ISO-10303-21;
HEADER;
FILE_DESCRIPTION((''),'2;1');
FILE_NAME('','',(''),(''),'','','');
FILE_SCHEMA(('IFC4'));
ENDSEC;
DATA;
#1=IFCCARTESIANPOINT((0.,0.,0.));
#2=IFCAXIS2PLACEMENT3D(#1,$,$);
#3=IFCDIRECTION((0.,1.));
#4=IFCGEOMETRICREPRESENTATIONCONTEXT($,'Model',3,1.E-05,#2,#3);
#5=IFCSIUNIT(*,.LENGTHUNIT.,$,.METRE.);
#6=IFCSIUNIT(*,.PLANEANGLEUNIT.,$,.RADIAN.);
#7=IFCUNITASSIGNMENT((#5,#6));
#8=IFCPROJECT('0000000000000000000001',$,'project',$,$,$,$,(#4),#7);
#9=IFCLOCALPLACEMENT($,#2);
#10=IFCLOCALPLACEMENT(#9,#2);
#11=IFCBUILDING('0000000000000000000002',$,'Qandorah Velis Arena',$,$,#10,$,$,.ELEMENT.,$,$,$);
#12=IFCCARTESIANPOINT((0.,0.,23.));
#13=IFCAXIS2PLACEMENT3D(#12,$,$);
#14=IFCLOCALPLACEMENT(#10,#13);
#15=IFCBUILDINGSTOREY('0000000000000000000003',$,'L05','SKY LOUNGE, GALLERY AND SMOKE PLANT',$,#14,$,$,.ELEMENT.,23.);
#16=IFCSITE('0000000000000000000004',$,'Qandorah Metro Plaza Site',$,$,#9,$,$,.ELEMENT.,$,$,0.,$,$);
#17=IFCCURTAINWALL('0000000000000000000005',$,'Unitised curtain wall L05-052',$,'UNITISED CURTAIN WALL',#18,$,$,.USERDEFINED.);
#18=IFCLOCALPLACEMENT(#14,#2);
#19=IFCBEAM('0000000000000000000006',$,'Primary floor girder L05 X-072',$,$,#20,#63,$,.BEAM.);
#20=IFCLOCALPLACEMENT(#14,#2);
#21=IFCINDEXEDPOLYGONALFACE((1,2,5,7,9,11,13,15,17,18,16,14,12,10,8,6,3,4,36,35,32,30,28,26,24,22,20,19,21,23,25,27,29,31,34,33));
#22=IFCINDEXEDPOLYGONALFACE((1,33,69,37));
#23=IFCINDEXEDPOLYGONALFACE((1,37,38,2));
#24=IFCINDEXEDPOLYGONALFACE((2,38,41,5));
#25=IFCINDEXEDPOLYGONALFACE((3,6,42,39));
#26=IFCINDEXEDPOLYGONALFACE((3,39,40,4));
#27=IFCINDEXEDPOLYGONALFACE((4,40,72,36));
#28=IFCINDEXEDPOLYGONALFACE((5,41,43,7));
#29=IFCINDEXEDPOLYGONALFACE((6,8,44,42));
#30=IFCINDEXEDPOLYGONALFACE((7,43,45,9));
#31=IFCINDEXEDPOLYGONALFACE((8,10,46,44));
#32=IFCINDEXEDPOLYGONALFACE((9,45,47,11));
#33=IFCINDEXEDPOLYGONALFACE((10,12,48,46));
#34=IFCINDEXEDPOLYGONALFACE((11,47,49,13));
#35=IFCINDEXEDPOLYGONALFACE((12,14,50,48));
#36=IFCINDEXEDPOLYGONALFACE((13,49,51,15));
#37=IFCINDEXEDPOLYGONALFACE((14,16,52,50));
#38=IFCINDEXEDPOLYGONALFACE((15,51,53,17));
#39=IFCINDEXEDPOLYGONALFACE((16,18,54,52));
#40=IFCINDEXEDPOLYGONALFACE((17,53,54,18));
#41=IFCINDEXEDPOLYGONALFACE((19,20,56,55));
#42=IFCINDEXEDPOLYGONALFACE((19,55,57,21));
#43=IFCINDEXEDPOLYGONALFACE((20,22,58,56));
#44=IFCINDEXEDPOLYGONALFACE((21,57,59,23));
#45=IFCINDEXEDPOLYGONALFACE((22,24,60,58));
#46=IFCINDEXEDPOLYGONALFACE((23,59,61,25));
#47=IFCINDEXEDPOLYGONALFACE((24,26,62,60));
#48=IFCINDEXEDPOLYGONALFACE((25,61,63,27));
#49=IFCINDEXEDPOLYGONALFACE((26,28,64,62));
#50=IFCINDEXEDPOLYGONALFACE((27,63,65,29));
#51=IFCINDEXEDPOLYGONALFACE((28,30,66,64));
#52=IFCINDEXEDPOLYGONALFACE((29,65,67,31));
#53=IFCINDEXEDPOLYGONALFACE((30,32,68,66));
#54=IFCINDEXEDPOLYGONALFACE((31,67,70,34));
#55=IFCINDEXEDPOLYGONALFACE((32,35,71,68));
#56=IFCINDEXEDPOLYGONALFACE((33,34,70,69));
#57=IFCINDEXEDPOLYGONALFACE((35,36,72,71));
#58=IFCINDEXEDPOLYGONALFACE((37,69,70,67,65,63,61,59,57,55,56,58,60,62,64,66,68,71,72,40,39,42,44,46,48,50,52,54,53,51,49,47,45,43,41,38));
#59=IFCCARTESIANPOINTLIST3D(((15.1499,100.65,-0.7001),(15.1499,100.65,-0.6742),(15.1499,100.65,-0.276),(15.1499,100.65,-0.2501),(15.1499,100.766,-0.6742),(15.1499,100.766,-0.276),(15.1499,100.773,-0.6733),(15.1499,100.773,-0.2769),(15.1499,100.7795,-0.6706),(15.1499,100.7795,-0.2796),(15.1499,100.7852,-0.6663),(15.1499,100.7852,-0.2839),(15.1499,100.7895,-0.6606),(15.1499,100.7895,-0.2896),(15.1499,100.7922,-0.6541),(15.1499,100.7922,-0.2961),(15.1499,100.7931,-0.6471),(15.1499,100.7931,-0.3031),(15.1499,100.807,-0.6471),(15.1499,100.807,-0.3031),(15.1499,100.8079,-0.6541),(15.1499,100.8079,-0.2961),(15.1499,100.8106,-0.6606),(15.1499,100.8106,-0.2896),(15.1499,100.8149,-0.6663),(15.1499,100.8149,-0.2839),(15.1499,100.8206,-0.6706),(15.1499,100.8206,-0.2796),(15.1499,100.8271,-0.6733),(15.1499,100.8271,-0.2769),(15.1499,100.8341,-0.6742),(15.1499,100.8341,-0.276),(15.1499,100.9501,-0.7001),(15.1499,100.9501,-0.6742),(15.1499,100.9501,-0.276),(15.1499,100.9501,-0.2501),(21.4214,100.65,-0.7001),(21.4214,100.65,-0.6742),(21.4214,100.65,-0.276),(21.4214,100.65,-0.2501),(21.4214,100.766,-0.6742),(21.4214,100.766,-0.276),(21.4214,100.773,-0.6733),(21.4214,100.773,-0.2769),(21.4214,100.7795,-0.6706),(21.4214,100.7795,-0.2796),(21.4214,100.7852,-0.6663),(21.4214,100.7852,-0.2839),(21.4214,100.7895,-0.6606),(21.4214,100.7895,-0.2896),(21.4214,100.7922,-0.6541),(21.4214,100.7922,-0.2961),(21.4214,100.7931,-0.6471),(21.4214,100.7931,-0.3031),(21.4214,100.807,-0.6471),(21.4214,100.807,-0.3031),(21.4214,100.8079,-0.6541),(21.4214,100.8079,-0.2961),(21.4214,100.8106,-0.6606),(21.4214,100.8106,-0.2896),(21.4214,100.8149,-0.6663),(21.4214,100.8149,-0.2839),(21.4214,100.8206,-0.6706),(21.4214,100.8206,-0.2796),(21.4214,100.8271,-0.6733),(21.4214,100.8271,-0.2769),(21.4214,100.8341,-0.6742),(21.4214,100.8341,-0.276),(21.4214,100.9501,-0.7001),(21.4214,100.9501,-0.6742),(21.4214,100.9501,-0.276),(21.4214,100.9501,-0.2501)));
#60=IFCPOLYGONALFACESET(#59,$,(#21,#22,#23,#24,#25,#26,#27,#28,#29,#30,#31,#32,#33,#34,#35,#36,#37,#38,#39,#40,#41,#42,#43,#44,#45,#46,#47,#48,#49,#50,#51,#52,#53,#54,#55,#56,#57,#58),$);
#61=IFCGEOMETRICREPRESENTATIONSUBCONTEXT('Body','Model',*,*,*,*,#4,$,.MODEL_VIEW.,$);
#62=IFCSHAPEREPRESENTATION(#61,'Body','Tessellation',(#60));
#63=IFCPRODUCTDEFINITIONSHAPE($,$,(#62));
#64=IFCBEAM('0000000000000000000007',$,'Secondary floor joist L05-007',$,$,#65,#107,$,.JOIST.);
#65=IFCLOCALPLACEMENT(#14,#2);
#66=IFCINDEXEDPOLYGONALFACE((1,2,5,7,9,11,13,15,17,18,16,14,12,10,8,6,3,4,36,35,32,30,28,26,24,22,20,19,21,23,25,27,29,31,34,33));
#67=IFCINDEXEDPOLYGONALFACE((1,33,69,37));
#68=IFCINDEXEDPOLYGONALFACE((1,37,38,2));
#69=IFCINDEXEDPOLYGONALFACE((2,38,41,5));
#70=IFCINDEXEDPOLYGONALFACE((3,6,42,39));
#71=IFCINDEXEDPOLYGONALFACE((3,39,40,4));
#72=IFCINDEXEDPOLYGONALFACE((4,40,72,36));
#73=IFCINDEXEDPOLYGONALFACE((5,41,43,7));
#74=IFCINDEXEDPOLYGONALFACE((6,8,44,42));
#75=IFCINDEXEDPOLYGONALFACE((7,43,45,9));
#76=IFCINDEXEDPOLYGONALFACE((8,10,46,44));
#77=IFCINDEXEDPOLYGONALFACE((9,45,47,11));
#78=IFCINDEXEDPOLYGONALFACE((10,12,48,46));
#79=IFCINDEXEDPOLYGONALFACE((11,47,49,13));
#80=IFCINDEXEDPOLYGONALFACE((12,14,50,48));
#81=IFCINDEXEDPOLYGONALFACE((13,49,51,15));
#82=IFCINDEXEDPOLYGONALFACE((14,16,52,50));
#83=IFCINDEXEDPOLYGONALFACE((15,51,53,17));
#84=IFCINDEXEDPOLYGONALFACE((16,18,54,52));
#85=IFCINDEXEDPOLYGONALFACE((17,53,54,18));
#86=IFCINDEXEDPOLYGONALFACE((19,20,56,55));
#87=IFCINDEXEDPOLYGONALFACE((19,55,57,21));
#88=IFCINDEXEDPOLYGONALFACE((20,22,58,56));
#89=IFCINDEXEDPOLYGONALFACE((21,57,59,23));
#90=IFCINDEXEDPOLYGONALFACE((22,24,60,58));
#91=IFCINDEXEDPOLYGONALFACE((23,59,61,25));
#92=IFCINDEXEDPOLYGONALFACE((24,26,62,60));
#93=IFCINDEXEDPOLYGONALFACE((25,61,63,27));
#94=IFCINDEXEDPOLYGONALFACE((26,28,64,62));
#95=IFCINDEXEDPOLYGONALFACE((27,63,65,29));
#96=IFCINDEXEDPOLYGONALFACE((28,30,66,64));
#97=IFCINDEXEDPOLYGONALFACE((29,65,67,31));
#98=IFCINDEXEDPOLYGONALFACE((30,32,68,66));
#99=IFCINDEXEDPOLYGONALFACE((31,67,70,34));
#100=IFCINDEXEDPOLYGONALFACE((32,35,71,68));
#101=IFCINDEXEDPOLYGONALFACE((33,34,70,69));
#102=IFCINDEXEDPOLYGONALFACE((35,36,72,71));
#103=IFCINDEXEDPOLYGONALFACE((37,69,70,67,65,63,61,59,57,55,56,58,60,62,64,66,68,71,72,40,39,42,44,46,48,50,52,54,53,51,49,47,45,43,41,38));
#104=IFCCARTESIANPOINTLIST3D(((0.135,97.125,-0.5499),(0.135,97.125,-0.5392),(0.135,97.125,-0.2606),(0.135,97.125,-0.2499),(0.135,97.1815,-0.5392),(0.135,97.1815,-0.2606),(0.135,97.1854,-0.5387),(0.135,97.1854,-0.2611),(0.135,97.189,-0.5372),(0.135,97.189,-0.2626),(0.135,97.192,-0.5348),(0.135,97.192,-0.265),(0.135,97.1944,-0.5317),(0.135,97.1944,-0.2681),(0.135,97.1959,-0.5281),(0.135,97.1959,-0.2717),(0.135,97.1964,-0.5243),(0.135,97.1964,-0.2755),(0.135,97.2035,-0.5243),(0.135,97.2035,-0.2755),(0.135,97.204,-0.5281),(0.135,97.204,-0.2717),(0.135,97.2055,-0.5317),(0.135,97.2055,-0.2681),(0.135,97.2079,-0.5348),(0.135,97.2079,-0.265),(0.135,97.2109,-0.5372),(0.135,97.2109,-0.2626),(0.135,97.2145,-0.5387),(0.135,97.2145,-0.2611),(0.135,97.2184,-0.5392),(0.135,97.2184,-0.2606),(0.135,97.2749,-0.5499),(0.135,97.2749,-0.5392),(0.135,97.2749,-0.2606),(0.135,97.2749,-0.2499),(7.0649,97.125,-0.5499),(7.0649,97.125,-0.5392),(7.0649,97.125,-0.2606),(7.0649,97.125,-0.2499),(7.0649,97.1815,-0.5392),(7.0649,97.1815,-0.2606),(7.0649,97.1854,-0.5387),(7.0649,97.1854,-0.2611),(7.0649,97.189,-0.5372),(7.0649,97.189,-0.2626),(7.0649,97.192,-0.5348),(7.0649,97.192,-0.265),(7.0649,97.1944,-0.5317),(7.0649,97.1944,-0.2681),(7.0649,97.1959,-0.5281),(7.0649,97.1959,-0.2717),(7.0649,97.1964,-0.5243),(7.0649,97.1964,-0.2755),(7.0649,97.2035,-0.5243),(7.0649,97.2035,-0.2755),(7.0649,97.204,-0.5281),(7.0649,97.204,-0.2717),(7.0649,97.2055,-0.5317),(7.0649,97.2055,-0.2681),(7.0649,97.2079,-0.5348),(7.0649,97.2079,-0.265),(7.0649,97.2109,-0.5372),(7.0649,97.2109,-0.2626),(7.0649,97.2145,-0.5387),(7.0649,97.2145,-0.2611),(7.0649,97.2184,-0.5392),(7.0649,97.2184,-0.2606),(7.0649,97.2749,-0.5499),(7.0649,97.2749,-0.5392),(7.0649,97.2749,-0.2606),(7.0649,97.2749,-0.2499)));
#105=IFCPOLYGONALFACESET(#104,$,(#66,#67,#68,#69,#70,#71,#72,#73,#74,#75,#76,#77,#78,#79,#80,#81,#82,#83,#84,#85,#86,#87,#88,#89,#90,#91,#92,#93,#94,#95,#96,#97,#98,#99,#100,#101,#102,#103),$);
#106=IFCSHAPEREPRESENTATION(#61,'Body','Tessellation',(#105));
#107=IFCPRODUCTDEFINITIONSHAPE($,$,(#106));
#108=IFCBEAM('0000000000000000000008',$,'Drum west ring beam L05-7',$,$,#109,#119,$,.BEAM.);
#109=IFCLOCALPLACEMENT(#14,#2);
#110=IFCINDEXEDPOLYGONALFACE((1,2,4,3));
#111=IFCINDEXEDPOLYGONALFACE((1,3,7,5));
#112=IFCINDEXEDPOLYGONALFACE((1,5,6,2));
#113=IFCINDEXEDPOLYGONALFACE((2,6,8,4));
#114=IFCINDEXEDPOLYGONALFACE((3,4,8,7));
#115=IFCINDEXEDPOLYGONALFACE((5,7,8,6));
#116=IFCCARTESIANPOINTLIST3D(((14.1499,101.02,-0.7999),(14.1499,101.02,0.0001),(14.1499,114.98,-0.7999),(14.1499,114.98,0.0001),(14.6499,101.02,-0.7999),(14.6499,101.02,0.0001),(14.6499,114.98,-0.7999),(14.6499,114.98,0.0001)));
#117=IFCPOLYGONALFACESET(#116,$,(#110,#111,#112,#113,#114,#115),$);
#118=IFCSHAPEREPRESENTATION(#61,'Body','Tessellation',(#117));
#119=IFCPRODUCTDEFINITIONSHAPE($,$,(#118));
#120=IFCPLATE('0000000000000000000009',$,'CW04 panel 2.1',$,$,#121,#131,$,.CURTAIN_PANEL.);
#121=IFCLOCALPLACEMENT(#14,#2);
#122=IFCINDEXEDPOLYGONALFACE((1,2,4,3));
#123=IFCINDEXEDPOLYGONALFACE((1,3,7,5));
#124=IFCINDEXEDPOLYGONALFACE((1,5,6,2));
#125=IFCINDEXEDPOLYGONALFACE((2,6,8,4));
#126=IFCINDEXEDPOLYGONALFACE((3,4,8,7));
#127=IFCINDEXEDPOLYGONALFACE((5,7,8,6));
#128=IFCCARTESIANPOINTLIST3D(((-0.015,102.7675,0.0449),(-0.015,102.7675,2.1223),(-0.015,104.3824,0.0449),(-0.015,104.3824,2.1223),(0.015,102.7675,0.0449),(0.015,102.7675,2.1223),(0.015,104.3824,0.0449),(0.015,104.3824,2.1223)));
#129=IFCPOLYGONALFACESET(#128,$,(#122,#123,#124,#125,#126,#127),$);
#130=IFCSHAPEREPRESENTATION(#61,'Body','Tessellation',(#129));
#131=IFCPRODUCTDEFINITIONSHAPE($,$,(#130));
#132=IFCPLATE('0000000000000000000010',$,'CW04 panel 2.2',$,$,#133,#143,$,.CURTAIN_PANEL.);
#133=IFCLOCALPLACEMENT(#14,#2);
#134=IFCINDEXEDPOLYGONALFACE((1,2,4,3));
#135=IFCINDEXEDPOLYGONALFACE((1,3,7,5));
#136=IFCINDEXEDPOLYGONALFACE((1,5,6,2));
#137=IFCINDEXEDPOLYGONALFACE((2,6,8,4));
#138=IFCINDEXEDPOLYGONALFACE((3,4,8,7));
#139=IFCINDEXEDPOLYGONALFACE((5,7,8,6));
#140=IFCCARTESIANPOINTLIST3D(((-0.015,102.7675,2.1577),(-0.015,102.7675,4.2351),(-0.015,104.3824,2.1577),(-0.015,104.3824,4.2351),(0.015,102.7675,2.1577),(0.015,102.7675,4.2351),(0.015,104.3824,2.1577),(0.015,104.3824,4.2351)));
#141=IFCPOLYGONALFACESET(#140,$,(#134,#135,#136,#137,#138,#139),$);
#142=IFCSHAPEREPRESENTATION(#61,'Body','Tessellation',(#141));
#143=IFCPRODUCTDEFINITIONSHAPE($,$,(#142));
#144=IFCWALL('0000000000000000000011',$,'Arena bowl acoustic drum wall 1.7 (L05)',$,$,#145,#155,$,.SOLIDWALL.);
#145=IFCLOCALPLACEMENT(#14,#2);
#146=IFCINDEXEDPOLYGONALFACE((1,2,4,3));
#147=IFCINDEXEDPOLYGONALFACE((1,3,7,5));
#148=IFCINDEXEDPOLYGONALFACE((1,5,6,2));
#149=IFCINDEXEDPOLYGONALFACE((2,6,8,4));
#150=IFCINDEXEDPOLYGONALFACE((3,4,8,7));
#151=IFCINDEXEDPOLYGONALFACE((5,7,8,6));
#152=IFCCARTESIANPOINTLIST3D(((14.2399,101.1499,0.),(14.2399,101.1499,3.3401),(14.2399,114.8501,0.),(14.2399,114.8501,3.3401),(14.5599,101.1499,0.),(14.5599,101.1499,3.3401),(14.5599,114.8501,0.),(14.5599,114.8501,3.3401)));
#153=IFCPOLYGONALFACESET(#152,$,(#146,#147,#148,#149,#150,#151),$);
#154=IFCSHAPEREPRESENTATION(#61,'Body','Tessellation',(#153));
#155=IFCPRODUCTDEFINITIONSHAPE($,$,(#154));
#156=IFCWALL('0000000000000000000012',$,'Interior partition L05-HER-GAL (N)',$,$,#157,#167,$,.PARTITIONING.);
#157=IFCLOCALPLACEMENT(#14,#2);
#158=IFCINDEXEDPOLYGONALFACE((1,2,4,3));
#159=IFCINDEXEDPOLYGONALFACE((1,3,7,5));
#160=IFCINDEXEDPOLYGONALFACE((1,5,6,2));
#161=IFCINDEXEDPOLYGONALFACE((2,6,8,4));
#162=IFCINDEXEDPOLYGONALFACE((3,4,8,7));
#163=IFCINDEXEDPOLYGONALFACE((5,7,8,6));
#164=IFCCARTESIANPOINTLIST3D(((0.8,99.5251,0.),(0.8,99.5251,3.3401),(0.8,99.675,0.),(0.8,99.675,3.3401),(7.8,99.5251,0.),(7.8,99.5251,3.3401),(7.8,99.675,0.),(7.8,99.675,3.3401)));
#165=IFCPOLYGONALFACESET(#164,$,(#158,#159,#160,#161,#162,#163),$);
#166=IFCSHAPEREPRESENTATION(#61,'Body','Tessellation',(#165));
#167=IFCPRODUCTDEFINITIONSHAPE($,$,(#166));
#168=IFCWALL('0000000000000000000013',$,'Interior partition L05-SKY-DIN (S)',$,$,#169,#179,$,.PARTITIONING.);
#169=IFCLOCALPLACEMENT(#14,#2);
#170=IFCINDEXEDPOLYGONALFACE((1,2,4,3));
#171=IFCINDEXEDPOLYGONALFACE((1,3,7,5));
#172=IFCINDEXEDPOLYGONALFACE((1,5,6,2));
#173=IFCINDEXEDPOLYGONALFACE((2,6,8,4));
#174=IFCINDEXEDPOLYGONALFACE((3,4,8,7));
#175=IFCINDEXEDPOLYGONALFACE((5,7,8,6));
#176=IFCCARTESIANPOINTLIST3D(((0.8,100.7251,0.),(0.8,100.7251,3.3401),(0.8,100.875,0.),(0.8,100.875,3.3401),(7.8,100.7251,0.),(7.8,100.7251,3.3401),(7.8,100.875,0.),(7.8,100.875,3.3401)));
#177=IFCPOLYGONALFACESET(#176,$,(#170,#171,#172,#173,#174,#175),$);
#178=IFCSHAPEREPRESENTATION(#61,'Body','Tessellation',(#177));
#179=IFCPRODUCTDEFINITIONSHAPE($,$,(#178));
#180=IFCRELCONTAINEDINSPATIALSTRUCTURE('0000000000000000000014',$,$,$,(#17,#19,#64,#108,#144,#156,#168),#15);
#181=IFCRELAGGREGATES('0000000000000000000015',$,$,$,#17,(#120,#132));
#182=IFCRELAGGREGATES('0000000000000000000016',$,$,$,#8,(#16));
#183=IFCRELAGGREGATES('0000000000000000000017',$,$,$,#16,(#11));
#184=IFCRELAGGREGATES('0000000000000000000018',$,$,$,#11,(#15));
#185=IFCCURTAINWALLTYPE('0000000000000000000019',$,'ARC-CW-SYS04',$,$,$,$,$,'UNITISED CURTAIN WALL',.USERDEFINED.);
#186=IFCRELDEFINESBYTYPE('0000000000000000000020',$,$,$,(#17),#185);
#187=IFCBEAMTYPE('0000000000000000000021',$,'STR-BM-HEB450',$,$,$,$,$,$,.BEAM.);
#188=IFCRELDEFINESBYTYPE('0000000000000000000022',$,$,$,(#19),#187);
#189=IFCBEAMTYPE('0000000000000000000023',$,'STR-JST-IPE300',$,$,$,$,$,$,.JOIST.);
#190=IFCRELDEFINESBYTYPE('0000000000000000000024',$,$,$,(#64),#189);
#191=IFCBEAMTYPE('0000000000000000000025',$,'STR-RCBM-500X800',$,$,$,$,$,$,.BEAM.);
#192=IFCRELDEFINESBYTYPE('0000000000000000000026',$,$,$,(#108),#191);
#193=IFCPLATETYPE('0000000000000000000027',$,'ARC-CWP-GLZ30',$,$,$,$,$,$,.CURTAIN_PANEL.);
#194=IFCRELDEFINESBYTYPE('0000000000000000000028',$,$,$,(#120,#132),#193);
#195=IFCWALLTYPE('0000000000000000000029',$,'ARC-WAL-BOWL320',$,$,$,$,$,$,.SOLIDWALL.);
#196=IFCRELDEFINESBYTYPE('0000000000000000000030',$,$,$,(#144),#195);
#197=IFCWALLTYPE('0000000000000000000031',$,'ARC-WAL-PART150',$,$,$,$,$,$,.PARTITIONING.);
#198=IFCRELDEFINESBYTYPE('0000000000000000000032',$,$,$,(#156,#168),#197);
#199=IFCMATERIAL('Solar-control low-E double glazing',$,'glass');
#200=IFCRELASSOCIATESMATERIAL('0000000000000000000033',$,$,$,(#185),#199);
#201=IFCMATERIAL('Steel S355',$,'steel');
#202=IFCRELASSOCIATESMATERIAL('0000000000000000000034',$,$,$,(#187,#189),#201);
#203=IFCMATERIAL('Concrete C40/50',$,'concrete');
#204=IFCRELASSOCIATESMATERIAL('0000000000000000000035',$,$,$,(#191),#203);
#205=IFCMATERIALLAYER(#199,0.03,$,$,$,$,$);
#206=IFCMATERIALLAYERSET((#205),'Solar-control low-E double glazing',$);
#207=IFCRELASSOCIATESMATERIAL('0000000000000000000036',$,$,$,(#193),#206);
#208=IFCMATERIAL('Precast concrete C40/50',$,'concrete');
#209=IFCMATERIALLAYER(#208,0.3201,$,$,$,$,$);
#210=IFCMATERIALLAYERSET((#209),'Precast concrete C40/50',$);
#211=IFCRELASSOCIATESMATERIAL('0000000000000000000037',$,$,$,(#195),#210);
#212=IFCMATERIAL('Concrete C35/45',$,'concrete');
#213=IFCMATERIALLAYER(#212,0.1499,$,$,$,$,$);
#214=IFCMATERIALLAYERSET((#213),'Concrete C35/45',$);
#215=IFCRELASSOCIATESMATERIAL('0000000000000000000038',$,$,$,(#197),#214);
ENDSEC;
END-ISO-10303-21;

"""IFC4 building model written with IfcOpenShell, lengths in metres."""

from ifc_helpers import new_model, si_unit, direction, frame, frame_2d, origin, origin_2d, place, context, subcontext, project, spatial, rectangle, i_section, extrude, material, layer, layer_set, material_profile, profile_set, type_object, element, aggregate, save


model = new_model("IFC4")

# Units and contexts
model_context = context("Model", 3, precision=1e-05, world=origin(), true_north=direction((0.0, 1.0)))
body_context = subcontext(model_context, "Body", "Model", "MODEL_VIEW")
ifc_project = project(units=[si_unit("LENGTHUNIT", "METRE"), si_unit("PLANEANGLEUNIT", "RADIAN")], contexts=[model_context])

# Site, building, storey
site_placement = place(None, origin())
site = spatial("IfcSite", under=ifc_project, at=site_placement, Name="Qandorah Metro Plaza Site", CompositionType="ELEMENT", RefElevation=0.0)
building_placement = place(site_placement, origin())
building = spatial("IfcBuilding", under=site, at=building_placement, Name="Qandorah Velis Arena", CompositionType="ELEMENT")
storey_placement = place(building_placement, frame((0.0, 0.0, 23.0)))
storey = spatial("IfcBuildingStorey", under=building, at=storey_placement, Name="L05", Description="SKY LOUNGE, GALLERY AND SMOKE PLANT", CompositionType="ELEMENT", Elevation=23.0)

# Shared definitions
ifc_material_1 = material(Name="Concrete C40/50", Category="concrete")

# Curtain wall
ifc_material_2 = material(Name="Solar-control low-E double glazing", Category="glass")
curtain_wall_type = type_object("IfcCurtainWallType", Name="ARC-CW-SYS04", ElementType="UNITISED CURTAIN WALL", PredefinedType="USERDEFINED", material=ifc_material_2)
curtain_wall_placement = place(storey_placement, origin())
curtain_wall = element("IfcCurtainWall", 1, at=curtain_wall_placement, inside=storey, type_object=curtain_wall_type, Name="Unitised curtain wall L05-052", ObjectType="UNITISED CURTAIN WALL", PredefinedType="USERDEFINED")

# Beams
ifc_material_3 = material(Name="Steel S355", Category="steel")
ifc_material_profile_1 = material_profile(ifc_material_3, i_section(OverallWidth=0.3, OverallDepth=0.45, WebThickness=0.0139, FlangeThickness=0.0259, FilletRadius=0.0271, at=origin_2d()), Name="HEB 450")
ifc_profile_set_1 = profile_set([ifc_material_profile_1], Name="Steel S355")
beam_type_1 = type_object("IfcBeamType", Name="STR-BM-HEB450", PredefinedType="BEAM", material=ifc_profile_set_1)
beam_1_placement = place(storey_placement, frame((15.1499, 100.8, -0.4751), z_axis=(1.0, 0.0, 0.0), x_axis=(0.0, 1.0, 0.0)))
element("IfcBeam", 2, at=beam_1_placement, inside=storey, type_object=beam_type_1, Name="Primary floor girder L05 X-072", PredefinedType="BEAM", context=body_context, shape_type="SweptSolid", body=[
    extrude(i_section(OverallWidth=0.3, OverallDepth=0.45, WebThickness=0.0139, FlangeThickness=0.0259, FilletRadius=0.0271, at=origin_2d()), origin(), (0.0, 0.0, 1.0), 6.2715),
])
ifc_material_profile_2 = material_profile(ifc_material_3, i_section(OverallWidth=0.1499, OverallDepth=0.3, WebThickness=0.0071, FlangeThickness=0.0107, FilletRadius=0.0149, at=origin_2d()), Name="IPE 300")
ifc_profile_set_2 = profile_set([ifc_material_profile_2], Name="Steel S355")
beam_type_2 = type_object("IfcBeamType", Name="STR-JST-IPE300", PredefinedType="JOIST", material=ifc_profile_set_2)
beam_2_placement = place(storey_placement, frame((0.135, 97.2, -0.3999), z_axis=(1.0, 0.0, 0.0), x_axis=(0.0, 1.0, 0.0)))
element("IfcBeam", 3, at=beam_2_placement, inside=storey, type_object=beam_type_2, Name="Secondary floor joist L05-007", PredefinedType="JOIST", context=body_context, shape_type="SweptSolid", body=[
    extrude(i_section(OverallWidth=0.1499, OverallDepth=0.3, WebThickness=0.0071, FlangeThickness=0.0107, FilletRadius=0.0149, at=origin_2d()), origin(), (0.0, 0.0, 1.0), 6.9299),
])
ifc_material_profile_3 = material_profile(ifc_material_1, rectangle(XDim=0.5, YDim=0.8, at=origin_2d()), Name="RC BM 500x800")
ifc_profile_set_3 = profile_set([ifc_material_profile_3], Name="Concrete C40/50")
beam_type_3 = type_object("IfcBeamType", Name="STR-RCBM-500X800", PredefinedType="BEAM", material=ifc_profile_set_3)
beam_3_placement = place(storey_placement, frame((14.3999, 101.02, -0.3999), z_axis=(0.0, 1.0, 0.0), x_axis=(-1.0, 0.0, 0.0)))
element("IfcBeam", 4, at=beam_3_placement, inside=storey, type_object=beam_type_3, Name="Drum west ring beam L05-7", PredefinedType="BEAM", context=body_context, shape_type="SweptSolid", body=[
    extrude(rectangle(XDim=0.5, YDim=0.8, at=origin_2d()), origin(), (0.0, 0.0, 1.0), 13.96),
])

# Plates
ifc_layer_1 = layer(ifc_material_2, 0.03)
ifc_layer_set_1 = layer_set([ifc_layer_1], Name="Solar-control low-E double glazing")
plate_type = type_object("IfcPlateType", Name="ARC-CWP-GLZ30", PredefinedType="CURTAIN_PANEL", material=ifc_layer_set_1)
plate_1_placement = place(storey_placement, frame((0.0, 103.575, 0.0449), z_axis=(0.0, 0.0, 1.0), x_axis=(0.0, 1.0, 0.0)))
plate_1 = element("IfcPlate", 5, at=plate_1_placement, type_object=plate_type, Name="CW04 panel 2.1", PredefinedType="CURTAIN_PANEL", context=body_context, shape_type="SweptSolid", body=[
    extrude(rectangle(XDim=1.615, YDim=0.03, at=origin_2d()), origin(), (0.0, 0.0, 1.0), 2.0774),
])
plate_2_placement = place(storey_placement, frame((0.0, 103.575, 2.1577), z_axis=(0.0, 0.0, 1.0), x_axis=(0.0, 1.0, 0.0)))
plate_2 = element("IfcPlate", 6, at=plate_2_placement, type_object=plate_type, Name="CW04 panel 2.2", PredefinedType="CURTAIN_PANEL", context=body_context, shape_type="SweptSolid", body=[
    extrude(rectangle(XDim=1.615, YDim=0.03, at=origin_2d()), origin(), (0.0, 0.0, 1.0), 2.0774),
])
aggregate(curtain_wall, [plate_1, plate_2])

# Walls
ifc_material_4 = material(Name="Precast concrete C40/50", Category="concrete")
ifc_layer_2 = layer(ifc_material_4, 0.3201)
ifc_layer_set_2 = layer_set([ifc_layer_2], Name="Precast concrete C40/50")
wall_type_1 = type_object("IfcWallType", Name="ARC-WAL-BOWL320", PredefinedType="SOLIDWALL", material=ifc_layer_set_2)
wall_1_placement = place(storey_placement, frame((14.3999, 101.1499, 0.0), z_axis=(0.0, 0.0, 1.0), x_axis=(0.0, 1.0, 0.0)))
element("IfcWall", 7, at=wall_1_placement, inside=storey, type_object=wall_type_1, Name="Arena bowl acoustic drum wall 1.7 (L05)", PredefinedType="SOLIDWALL", context=body_context, shape_type="SweptSolid", body=[
    extrude(rectangle(XDim=13.7002, YDim=0.3201, at=frame_2d((6.8501, 0.0))), origin(), (0.0, 0.0, 1.0), 3.3401),
])
ifc_material_5 = material(Name="Concrete C35/45", Category="concrete")
ifc_layer_3 = layer(ifc_material_5, 0.1499)
ifc_layer_set_3 = layer_set([ifc_layer_3], Name="Concrete C35/45")
wall_type_2 = type_object("IfcWallType", Name="ARC-WAL-PART150", PredefinedType="PARTITIONING", material=ifc_layer_set_3)
for number, where, z_axis, x_axis, name in (
    (8, (7.8, 99.6001, 0.0), (0.0, 0.0, 1.0), (-1.0, 0.0, 0.0), "Interior partition L05-HER-GAL (N)"),
    (9, (0.8, 100.8, 0.0), (0.0, 0.0, 1.0), (1.0, 0.0, 0.0), "Interior partition L05-SKY-DIN (S)"),
):
    element("IfcWall", number, at=place(storey_placement, frame(where, z_axis=z_axis, x_axis=x_axis)), inside=storey, type_object=wall_type_2, Name=name, PredefinedType="PARTITIONING", context=body_context, shape_type="SweptSolid", body=[
        extrude(rectangle(XDim=7.0, YDim=0.1499, at=frame_2d((3.5, 0.0))), origin(), (0.0, 0.0, 1.0), 3.3401),
    ])

save(model, "model.ifc")
